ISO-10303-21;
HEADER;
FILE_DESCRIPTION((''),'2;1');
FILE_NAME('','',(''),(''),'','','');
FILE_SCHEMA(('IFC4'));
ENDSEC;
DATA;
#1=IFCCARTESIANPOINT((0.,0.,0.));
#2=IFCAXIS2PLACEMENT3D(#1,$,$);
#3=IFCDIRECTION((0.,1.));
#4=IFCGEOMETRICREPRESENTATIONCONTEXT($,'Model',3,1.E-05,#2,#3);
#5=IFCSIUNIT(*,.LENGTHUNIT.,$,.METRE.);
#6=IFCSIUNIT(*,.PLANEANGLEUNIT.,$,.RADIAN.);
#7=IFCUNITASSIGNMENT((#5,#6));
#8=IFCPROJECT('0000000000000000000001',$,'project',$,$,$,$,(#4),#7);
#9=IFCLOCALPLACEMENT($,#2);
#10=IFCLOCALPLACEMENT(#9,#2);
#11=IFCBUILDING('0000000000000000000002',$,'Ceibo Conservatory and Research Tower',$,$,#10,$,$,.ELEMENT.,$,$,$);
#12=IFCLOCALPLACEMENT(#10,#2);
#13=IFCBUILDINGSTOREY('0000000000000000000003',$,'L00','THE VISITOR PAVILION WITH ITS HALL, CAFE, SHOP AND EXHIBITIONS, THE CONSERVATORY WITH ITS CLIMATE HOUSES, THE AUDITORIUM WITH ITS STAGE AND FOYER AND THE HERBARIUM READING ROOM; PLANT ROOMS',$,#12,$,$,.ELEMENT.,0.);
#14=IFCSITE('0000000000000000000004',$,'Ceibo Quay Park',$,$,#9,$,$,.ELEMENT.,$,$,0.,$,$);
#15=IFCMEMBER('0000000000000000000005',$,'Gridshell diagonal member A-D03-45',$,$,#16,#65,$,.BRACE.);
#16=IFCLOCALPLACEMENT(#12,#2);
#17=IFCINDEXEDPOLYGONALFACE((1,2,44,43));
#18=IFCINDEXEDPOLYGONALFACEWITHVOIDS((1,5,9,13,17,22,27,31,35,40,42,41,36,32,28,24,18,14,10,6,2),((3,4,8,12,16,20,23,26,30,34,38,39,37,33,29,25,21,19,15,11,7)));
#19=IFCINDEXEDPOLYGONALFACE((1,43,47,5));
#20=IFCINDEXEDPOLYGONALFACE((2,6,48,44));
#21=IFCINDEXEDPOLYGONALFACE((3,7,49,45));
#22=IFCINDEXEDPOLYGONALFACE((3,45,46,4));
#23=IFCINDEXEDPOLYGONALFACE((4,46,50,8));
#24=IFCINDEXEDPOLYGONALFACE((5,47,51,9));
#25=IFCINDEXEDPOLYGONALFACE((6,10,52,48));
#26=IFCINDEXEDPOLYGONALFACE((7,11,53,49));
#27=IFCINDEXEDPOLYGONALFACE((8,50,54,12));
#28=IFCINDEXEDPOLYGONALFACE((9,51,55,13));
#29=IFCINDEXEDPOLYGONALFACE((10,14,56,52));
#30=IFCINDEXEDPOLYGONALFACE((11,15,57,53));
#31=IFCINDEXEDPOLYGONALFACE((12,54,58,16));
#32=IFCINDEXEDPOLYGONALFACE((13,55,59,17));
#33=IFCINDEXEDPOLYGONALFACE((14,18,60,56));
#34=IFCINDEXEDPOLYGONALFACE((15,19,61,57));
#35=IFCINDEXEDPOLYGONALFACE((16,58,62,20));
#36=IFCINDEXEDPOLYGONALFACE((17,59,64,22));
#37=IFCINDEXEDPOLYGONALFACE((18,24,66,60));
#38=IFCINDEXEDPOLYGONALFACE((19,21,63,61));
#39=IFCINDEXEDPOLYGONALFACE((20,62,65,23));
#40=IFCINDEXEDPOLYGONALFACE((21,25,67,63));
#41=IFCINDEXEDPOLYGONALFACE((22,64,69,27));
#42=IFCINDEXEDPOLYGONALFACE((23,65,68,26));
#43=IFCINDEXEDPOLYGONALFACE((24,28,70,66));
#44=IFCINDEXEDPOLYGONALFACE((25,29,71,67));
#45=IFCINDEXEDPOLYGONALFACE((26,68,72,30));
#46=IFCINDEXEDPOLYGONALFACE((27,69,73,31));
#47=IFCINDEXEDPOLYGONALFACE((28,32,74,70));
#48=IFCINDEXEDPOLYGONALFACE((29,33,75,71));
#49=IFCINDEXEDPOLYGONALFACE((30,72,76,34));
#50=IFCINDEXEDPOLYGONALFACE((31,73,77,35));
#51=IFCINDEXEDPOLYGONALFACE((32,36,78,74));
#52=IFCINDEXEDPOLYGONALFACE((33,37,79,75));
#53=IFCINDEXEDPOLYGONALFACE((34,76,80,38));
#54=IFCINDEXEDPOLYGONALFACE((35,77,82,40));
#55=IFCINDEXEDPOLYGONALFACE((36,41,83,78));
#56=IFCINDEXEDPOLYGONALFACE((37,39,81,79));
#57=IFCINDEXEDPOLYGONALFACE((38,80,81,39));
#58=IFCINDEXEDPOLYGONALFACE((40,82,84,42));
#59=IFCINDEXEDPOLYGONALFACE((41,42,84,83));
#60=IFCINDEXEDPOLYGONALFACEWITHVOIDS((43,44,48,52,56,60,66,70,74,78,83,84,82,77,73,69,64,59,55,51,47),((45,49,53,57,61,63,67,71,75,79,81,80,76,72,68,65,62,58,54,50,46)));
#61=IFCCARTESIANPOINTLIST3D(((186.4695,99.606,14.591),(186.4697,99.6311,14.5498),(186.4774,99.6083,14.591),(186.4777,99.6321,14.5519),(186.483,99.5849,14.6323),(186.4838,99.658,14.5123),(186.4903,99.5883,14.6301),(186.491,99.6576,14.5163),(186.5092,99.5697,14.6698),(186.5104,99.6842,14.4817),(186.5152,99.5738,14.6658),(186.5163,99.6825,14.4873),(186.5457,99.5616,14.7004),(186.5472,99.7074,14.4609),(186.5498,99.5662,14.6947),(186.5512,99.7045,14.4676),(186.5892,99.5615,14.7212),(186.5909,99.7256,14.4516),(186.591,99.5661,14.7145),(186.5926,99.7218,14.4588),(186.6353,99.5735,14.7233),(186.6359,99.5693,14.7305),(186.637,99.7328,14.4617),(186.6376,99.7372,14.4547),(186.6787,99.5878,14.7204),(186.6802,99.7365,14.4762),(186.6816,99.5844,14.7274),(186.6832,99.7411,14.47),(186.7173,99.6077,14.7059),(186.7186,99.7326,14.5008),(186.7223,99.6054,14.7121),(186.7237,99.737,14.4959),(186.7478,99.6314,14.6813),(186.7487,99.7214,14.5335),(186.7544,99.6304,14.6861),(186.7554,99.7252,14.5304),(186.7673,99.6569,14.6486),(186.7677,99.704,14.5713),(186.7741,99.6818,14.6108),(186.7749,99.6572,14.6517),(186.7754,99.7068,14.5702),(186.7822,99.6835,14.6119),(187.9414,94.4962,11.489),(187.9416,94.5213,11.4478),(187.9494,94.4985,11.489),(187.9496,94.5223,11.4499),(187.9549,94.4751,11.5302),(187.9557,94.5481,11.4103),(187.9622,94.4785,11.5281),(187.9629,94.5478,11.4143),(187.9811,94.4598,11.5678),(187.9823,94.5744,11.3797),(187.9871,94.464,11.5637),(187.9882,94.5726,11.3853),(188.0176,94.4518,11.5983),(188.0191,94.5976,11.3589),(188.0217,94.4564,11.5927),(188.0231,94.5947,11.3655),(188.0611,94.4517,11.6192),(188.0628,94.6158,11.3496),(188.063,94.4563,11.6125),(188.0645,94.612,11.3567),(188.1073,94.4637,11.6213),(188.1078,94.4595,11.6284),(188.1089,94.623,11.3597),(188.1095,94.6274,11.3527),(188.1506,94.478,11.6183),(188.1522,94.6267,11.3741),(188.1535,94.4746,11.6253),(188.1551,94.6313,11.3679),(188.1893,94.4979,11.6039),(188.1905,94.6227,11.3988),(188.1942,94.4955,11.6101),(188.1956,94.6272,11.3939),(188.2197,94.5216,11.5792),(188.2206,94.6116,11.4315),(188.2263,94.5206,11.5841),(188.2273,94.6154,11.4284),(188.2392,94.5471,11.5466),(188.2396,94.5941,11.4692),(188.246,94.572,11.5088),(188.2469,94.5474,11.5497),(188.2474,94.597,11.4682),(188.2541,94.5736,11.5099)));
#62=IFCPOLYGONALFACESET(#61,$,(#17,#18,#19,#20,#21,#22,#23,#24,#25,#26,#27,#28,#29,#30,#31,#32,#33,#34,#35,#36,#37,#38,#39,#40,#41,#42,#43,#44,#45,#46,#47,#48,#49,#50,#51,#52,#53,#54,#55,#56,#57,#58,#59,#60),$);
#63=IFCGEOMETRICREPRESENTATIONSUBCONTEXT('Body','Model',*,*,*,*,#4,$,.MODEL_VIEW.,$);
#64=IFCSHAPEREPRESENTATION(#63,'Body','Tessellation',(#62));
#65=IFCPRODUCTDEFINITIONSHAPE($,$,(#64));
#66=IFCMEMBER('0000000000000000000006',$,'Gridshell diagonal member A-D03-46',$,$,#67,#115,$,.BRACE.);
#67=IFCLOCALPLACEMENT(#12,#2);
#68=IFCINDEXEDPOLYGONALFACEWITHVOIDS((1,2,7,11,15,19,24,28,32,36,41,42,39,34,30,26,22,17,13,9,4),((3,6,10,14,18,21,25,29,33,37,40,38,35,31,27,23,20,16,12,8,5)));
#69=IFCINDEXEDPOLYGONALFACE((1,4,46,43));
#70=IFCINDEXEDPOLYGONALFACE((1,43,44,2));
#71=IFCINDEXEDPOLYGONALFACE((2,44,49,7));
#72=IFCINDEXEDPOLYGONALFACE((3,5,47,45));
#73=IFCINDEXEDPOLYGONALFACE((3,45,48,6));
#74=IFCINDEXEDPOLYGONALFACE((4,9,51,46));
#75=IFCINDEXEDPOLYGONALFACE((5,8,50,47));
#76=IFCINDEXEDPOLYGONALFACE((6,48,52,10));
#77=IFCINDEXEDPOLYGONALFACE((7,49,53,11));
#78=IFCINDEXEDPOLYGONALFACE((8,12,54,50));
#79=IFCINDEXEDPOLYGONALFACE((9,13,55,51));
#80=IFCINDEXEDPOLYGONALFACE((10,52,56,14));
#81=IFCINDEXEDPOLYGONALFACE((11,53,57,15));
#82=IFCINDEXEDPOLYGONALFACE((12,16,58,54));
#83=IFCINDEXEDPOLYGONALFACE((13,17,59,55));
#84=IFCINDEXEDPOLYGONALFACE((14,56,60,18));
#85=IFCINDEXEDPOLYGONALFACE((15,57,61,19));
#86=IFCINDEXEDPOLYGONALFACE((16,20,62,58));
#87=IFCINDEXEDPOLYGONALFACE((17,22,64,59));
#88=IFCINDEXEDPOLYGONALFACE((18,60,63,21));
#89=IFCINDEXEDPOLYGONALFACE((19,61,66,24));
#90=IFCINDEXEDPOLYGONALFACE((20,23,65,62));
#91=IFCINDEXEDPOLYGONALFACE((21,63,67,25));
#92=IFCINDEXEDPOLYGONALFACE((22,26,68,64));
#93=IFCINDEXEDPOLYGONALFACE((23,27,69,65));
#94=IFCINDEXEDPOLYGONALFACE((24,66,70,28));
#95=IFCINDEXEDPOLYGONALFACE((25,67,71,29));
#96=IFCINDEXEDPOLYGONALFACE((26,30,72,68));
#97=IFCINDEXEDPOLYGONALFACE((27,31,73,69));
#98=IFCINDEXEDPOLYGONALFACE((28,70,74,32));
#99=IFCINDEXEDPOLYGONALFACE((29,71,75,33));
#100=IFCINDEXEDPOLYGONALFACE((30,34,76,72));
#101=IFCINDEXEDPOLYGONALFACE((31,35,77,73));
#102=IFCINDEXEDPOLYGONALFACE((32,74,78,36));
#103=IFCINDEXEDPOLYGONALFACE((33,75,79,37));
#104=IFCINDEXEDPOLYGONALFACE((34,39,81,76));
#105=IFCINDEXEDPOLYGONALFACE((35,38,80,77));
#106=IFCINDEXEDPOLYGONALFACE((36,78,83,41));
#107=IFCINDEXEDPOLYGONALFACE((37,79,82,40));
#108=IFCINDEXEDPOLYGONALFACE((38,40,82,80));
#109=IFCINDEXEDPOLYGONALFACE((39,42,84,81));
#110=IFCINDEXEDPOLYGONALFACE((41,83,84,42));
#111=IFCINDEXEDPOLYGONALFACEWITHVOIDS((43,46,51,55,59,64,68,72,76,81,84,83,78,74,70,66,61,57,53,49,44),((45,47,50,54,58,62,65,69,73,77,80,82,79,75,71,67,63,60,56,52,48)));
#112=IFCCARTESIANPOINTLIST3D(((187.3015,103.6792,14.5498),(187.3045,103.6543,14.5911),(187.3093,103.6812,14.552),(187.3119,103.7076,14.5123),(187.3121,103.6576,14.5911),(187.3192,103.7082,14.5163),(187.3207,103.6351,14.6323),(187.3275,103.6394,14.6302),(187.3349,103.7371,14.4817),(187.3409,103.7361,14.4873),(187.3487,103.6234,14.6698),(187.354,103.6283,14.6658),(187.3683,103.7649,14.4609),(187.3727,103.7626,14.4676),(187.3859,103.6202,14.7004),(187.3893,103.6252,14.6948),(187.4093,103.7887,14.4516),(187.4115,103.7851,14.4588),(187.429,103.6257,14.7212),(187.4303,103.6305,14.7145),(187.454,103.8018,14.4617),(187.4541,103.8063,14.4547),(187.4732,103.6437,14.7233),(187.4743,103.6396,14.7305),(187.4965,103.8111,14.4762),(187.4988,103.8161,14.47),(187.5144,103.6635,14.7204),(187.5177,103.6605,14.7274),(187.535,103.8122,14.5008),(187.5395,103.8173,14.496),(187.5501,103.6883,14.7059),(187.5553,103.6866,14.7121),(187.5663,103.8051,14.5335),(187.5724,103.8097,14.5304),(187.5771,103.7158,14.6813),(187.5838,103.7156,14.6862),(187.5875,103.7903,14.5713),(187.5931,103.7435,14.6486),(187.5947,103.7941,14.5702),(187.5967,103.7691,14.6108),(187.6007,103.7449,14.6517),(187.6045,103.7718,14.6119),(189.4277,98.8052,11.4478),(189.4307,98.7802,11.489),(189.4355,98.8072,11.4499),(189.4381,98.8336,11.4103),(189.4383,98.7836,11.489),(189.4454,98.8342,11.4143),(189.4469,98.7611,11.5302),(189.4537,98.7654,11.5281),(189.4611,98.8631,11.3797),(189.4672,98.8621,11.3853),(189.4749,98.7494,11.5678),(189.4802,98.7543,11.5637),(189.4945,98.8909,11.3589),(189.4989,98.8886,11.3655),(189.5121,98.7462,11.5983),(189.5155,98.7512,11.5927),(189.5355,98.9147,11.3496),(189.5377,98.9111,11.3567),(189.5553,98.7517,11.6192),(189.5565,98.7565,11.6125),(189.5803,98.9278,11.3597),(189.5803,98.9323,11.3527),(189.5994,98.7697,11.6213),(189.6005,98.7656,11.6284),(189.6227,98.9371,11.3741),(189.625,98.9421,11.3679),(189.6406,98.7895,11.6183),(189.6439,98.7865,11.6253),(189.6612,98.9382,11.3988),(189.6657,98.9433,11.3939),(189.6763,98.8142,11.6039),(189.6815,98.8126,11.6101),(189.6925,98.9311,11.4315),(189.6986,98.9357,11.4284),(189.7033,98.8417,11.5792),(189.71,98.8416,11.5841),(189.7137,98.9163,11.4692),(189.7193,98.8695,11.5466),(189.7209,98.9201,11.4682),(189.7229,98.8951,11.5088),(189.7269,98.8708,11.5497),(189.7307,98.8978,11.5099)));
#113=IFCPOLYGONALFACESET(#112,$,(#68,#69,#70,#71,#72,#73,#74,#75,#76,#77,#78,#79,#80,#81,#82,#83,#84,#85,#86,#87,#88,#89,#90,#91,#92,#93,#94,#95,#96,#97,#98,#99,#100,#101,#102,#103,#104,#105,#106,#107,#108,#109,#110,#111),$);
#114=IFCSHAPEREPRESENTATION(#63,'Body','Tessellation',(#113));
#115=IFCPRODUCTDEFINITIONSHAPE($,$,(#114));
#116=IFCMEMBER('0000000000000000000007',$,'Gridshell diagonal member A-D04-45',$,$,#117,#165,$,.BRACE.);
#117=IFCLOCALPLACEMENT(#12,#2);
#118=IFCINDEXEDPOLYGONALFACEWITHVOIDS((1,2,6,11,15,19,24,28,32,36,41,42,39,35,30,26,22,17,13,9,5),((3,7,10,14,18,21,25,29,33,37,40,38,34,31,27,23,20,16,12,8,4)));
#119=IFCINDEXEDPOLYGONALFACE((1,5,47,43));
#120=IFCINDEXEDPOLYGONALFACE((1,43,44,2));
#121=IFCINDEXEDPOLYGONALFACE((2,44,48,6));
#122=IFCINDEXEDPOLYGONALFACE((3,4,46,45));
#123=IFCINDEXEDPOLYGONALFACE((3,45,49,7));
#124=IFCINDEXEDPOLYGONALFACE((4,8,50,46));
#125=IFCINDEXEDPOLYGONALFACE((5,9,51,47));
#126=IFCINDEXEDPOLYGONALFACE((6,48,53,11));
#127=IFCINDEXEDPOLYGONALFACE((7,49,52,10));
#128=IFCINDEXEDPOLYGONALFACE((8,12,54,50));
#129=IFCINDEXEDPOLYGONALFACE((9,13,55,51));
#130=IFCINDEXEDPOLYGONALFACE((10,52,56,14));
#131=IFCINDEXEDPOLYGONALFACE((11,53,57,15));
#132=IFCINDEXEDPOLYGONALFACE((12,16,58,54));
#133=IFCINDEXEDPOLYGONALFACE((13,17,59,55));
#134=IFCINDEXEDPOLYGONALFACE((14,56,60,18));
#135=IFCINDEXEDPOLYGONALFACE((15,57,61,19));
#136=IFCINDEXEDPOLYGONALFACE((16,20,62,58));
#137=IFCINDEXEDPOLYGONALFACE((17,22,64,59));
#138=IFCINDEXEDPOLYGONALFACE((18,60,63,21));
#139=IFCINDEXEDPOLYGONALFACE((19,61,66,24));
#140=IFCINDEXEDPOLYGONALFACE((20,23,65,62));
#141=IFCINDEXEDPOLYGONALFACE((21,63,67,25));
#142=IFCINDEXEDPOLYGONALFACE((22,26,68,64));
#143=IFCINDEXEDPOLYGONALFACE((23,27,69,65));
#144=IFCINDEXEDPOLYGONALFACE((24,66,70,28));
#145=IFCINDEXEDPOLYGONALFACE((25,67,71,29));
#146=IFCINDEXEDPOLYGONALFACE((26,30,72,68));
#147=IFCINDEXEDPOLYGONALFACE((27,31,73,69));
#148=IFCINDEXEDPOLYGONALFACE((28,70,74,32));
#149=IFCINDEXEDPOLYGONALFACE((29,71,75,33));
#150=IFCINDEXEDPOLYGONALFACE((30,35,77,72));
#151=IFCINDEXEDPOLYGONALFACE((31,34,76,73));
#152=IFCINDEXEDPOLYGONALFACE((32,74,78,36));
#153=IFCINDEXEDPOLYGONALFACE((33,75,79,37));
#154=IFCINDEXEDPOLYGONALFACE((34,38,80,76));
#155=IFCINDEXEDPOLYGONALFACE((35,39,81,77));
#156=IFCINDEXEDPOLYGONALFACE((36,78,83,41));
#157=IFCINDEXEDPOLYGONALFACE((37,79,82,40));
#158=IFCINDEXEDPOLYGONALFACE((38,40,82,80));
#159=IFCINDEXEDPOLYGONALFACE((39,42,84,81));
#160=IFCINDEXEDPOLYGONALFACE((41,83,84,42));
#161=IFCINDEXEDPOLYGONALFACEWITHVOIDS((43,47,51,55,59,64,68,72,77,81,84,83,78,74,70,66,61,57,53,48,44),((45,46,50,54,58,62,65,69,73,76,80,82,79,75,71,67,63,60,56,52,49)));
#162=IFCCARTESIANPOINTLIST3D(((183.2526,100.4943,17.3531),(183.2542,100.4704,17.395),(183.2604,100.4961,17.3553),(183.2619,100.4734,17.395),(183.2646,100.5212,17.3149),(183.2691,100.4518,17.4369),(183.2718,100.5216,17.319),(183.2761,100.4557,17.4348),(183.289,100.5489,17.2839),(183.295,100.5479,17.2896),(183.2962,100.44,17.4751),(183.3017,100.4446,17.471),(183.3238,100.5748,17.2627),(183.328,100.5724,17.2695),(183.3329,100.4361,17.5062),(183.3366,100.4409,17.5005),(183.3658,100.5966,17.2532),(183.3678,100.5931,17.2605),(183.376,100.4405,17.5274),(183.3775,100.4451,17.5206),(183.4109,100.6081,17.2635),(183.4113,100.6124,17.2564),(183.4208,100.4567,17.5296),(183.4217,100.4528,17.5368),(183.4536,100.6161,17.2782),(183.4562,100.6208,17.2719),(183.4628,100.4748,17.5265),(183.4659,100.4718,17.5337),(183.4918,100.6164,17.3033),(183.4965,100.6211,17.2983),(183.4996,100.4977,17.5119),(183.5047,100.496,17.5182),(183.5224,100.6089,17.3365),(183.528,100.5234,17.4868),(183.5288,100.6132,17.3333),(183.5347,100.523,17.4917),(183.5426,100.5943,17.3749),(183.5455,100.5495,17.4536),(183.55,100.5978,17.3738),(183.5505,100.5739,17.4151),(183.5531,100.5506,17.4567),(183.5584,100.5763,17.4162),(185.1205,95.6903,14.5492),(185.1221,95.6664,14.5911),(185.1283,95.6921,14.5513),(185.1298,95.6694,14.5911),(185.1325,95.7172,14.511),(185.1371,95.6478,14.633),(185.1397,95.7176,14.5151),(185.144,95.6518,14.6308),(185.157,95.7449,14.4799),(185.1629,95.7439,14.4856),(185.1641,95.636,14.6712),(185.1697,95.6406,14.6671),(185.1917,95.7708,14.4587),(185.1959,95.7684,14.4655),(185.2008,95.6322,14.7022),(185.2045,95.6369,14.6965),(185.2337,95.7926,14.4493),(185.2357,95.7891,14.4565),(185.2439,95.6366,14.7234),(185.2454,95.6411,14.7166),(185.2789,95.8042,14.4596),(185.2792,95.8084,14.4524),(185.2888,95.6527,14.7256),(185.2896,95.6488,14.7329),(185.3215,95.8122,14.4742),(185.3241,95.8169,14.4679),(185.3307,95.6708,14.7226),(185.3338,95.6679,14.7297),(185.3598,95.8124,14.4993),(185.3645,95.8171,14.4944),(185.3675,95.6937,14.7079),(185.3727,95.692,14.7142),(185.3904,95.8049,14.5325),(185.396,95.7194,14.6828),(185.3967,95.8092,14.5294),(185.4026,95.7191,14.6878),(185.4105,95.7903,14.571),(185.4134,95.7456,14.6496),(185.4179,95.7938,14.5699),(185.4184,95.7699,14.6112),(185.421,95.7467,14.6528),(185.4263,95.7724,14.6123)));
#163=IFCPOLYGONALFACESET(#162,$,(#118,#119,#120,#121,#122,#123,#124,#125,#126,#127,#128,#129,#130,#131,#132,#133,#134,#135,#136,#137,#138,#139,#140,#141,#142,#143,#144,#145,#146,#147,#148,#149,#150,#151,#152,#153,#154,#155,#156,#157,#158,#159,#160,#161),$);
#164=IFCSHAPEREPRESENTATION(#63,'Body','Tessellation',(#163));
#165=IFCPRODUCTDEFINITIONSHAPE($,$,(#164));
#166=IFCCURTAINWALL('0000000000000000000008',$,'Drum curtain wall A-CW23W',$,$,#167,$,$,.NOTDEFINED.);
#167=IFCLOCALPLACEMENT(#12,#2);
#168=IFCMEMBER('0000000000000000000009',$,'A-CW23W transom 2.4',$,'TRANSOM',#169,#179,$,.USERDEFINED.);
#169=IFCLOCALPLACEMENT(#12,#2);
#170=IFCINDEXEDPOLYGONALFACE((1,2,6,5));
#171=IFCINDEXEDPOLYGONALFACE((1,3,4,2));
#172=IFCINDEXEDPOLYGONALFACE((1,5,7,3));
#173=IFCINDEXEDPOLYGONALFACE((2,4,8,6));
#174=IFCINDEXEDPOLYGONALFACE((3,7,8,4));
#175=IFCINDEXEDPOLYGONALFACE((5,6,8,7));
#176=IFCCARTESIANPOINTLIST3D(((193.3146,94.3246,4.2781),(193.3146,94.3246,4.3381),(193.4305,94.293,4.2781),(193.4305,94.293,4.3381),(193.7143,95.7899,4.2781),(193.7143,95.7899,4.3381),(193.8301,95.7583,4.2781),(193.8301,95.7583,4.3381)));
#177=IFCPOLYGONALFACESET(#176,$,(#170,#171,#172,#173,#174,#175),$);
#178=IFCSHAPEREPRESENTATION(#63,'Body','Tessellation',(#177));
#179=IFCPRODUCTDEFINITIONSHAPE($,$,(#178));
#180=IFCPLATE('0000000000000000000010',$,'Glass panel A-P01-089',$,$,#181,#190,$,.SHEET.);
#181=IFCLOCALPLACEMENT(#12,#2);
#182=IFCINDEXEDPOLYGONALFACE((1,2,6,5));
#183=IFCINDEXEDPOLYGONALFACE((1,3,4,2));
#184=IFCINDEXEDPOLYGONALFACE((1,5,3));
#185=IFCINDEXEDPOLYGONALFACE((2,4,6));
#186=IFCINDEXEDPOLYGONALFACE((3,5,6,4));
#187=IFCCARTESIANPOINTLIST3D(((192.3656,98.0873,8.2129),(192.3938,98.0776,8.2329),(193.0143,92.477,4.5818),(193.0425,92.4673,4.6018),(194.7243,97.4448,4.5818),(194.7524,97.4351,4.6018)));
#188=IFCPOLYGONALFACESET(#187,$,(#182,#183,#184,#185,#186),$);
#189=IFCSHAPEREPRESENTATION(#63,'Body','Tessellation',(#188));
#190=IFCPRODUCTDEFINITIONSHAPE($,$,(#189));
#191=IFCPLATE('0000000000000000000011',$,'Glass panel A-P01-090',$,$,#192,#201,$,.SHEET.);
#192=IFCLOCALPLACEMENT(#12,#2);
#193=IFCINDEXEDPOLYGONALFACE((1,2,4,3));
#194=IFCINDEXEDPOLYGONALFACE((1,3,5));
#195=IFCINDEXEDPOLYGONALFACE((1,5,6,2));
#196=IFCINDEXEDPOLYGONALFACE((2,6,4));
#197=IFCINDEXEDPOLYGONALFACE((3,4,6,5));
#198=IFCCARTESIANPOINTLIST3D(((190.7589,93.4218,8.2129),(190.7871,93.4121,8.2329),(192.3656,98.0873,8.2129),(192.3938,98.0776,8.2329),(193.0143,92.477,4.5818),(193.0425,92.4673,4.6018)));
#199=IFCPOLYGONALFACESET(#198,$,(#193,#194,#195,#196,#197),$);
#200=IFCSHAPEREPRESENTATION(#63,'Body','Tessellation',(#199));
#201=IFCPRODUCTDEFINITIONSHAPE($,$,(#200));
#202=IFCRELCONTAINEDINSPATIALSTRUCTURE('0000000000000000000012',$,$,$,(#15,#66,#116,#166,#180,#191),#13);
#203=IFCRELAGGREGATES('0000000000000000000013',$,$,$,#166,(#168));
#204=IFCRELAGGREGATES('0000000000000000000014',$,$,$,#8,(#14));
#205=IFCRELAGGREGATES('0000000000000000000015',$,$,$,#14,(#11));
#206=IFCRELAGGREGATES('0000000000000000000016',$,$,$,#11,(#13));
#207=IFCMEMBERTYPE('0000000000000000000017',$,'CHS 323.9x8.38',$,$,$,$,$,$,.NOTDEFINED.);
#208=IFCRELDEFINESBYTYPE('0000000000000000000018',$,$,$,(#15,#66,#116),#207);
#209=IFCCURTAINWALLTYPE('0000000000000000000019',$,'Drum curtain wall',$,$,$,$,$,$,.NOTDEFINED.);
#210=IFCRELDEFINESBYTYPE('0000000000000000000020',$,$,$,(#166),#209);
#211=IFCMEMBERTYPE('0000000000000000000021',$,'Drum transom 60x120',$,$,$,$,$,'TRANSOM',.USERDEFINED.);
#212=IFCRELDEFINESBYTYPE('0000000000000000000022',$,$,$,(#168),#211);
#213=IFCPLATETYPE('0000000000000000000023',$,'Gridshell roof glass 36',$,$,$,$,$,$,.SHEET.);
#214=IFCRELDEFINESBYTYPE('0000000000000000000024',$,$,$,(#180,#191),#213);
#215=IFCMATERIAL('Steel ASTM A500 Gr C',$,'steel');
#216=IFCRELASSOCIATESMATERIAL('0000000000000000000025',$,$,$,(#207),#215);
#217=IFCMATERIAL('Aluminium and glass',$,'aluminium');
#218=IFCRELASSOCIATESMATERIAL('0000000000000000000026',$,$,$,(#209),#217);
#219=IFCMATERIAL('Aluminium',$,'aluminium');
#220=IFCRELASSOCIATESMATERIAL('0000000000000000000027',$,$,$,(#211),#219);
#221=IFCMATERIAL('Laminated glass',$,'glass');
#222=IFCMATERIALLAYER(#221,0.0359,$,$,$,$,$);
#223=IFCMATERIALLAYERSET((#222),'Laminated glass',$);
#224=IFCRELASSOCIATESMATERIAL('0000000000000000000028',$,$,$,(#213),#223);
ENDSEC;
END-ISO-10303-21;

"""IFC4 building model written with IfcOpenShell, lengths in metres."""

from ifc_helpers import new_model, si_unit, direction, frame, origin, origin_2d, place, context, subcontext, project, spatial, polyline, rectangle, hollow_circle, outline, extrude, material, layer, layer_set, material_profile, profile_set, type_object, element, aggregate, save


model = new_model("IFC4")

# Units and contexts
model_context = context("Model", 3, precision=1e-05, world=origin(), true_north=direction((0.0, 1.0)))
body_context = subcontext(model_context, "Body", "Model", "MODEL_VIEW")
ifc_project = project(units=[si_unit("LENGTHUNIT", "METRE"), si_unit("PLANEANGLEUNIT", "RADIAN")], contexts=[model_context])

# Site, building, storey
site_placement = place(None, origin())
site = spatial("IfcSite", under=ifc_project, at=site_placement, Name="Ceibo Quay Park", CompositionType="ELEMENT", RefElevation=0.0)
building_placement = place(site_placement, origin())
building = spatial("IfcBuilding", under=site, at=building_placement, Name="Ceibo Conservatory and Research Tower", CompositionType="ELEMENT")
storey_placement = place(building_placement, origin())
storey = spatial("IfcBuildingStorey", under=building, at=storey_placement, Name="L00", Description="THE VISITOR PAVILION WITH ITS HALL, CAFE, SHOP AND EXHIBITIONS, THE CONSERVATORY WITH ITS CLIMATE HOUSES, THE AUDITORIUM WITH ITS STAGE AND FOYER AND THE HERBARIUM READING ROOM; PLANT ROOMS", CompositionType="ELEMENT", Elevation=0.0)

# Members
ifc_material_1 = material(Name="Steel ASTM A500 Gr C", Category="steel")
ifc_material_profile_1 = material_profile(ifc_material_1, hollow_circle(Radius=0.1619, WallThickness=0.0083, at=origin_2d()), Name="CHS 323.9x8.38")
ifc_profile_set_1 = profile_set([ifc_material_profile_1], Name="Steel ASTM A500 Gr C")
member_type_1 = type_object("IfcMemberType", Name="CHS 323.9x8.38", PredefinedType="NOTDEFINED", material=ifc_profile_set_1)
for number, where, z_axis, x_axis, name in (
    (1, (188.0969, 94.541, 11.489), (-0.239092, 0.830022, 0.503883), (-0.960927, -0.2768, 0.0), "Gridshell diagonal member A-D03-45"),
    (2, (189.5791, 98.845, 11.489), (-0.345375, 0.791717, 0.503885), (-0.916583, -0.399846, 0.0), "Gridshell diagonal member A-D03-46"),
):
    element("IfcMember", number, at=place(storey_placement, frame(where, z_axis=z_axis, x_axis=x_axis)), inside=storey, type_object=member_type_1, Name=name, PredefinedType="BRACE", context=body_context, shape_type="SweptSolid", body=[
        extrude(hollow_circle(Radius=0.1619, WallThickness=0.0083, at=origin_2d()), origin(), (0.0, 0.0, 1.0), 6.1562),
    ])
member_1_placement = place(storey_placement, frame((185.2729, 95.7251, 14.5911), z_axis=(-0.318342, 0.818719, 0.477867), x_axis=(-0.932023, -0.362398, 0.0)))
element("IfcMember", 3, at=member_1_placement, inside=storey, type_object=member_type_1, Name="Gridshell diagonal member A-D04-45", PredefinedType="BRACE", context=body_context, shape_type="SweptSolid", body=[
    extrude(hollow_circle(Radius=0.1619, WallThickness=0.0083, at=origin_2d()), origin(), (0.0, 0.0, 1.0), 5.8677),
])

# Curtain wall, member
ifc_material_2 = material(Name="Aluminium and glass", Category="aluminium")
curtain_wall_type = type_object("IfcCurtainWallType", Name="Drum curtain wall", PredefinedType="NOTDEFINED", material=ifc_material_2)
curtain_wall_placement = place(storey_placement, origin())
curtain_wall = element("IfcCurtainWall", 4, at=curtain_wall_placement, inside=storey, type_object=curtain_wall_type, Name="Drum curtain wall A-CW23W", PredefinedType="NOTDEFINED")
ifc_material_3 = material(Name="Aluminium", Category="aluminium")
ifc_material_profile_2 = material_profile(ifc_material_3, rectangle(XDim=0.1201, YDim=0.0601, at=origin_2d()), Name="AL 60x120")
ifc_profile_set_2 = profile_set([ifc_material_profile_2], Name="Aluminium")
member_type_2 = type_object("IfcMemberType", Name="Drum transom 60x120", ElementType="TRANSOM", PredefinedType="USERDEFINED", material=ifc_profile_set_2)
member_2_placement = place(storey_placement, frame((193.3726, 94.3088, 4.3081), z_axis=(0.263131, 0.96476, 0.0), x_axis=(-0.96476, 0.263131, 0.0)))
member_2 = element("IfcMember", 5, at=member_2_placement, type_object=member_type_2, Name="A-CW23W transom 2.4", ObjectType="TRANSOM", PredefinedType="USERDEFINED", context=body_context, shape_type="SweptSolid", body=[
    extrude(rectangle(XDim=0.1201, YDim=0.0601, at=origin_2d()), origin(), (0.0, 0.0, 1.0), 1.5188),
])
aggregate(curtain_wall, [member_2])

# Plates
ifc_material_4 = material(Name="Laminated glass", Category="glass")
ifc_layer = layer(ifc_material_4, 0.0359)
ifc_layer_set = layer_set([ifc_layer], Name="Laminated glass")
plate_type = type_object("IfcPlateType", Name="Gridshell roof glass 36", PredefinedType="SHEET", material=ifc_layer_set)
plate_1_placement = place(storey_placement, frame((193.0425, 92.4673, 4.6018), z_axis=(0.784884, -0.270166, 0.557644), x_axis=(0.325469, 0.945553, 0.0)))
element("IfcPlate", 6, at=plate_1_placement, inside=storey, type_object=plate_type, Name="Glass panel A-P01-089", PredefinedType="SHEET", context=body_context, shape_type="SweptSolid", body=[
    extrude(outline(polyline([(0.0, 0.0), (5.2538, 0.0), (5.0938, 4.3744), (0.0, 0.0)])), origin(), (0.0, 0.0, -1.0), 0.0359),
])
plate_2_placement = place(storey_placement, frame((193.0425, 92.4673, 4.6018), z_axis=(0.78477, -0.270255, 0.557762), x_axis=(-0.096612, 0.835583, 0.540802)))
element("IfcPlate", 7, at=plate_2_placement, inside=storey, type_object=plate_type, Name="Glass panel A-P01-090", PredefinedType="SHEET", context=body_context, shape_type="SweptSolid", body=[
    extrude(outline(polyline([(0.0, 0.0), (6.7143, 0.0), (2.9711, 3.2151), (0.0, 0.0)])), origin(), (0.0, 0.0, -1.0), 0.0359),
])

save(model, "model.ifc")
